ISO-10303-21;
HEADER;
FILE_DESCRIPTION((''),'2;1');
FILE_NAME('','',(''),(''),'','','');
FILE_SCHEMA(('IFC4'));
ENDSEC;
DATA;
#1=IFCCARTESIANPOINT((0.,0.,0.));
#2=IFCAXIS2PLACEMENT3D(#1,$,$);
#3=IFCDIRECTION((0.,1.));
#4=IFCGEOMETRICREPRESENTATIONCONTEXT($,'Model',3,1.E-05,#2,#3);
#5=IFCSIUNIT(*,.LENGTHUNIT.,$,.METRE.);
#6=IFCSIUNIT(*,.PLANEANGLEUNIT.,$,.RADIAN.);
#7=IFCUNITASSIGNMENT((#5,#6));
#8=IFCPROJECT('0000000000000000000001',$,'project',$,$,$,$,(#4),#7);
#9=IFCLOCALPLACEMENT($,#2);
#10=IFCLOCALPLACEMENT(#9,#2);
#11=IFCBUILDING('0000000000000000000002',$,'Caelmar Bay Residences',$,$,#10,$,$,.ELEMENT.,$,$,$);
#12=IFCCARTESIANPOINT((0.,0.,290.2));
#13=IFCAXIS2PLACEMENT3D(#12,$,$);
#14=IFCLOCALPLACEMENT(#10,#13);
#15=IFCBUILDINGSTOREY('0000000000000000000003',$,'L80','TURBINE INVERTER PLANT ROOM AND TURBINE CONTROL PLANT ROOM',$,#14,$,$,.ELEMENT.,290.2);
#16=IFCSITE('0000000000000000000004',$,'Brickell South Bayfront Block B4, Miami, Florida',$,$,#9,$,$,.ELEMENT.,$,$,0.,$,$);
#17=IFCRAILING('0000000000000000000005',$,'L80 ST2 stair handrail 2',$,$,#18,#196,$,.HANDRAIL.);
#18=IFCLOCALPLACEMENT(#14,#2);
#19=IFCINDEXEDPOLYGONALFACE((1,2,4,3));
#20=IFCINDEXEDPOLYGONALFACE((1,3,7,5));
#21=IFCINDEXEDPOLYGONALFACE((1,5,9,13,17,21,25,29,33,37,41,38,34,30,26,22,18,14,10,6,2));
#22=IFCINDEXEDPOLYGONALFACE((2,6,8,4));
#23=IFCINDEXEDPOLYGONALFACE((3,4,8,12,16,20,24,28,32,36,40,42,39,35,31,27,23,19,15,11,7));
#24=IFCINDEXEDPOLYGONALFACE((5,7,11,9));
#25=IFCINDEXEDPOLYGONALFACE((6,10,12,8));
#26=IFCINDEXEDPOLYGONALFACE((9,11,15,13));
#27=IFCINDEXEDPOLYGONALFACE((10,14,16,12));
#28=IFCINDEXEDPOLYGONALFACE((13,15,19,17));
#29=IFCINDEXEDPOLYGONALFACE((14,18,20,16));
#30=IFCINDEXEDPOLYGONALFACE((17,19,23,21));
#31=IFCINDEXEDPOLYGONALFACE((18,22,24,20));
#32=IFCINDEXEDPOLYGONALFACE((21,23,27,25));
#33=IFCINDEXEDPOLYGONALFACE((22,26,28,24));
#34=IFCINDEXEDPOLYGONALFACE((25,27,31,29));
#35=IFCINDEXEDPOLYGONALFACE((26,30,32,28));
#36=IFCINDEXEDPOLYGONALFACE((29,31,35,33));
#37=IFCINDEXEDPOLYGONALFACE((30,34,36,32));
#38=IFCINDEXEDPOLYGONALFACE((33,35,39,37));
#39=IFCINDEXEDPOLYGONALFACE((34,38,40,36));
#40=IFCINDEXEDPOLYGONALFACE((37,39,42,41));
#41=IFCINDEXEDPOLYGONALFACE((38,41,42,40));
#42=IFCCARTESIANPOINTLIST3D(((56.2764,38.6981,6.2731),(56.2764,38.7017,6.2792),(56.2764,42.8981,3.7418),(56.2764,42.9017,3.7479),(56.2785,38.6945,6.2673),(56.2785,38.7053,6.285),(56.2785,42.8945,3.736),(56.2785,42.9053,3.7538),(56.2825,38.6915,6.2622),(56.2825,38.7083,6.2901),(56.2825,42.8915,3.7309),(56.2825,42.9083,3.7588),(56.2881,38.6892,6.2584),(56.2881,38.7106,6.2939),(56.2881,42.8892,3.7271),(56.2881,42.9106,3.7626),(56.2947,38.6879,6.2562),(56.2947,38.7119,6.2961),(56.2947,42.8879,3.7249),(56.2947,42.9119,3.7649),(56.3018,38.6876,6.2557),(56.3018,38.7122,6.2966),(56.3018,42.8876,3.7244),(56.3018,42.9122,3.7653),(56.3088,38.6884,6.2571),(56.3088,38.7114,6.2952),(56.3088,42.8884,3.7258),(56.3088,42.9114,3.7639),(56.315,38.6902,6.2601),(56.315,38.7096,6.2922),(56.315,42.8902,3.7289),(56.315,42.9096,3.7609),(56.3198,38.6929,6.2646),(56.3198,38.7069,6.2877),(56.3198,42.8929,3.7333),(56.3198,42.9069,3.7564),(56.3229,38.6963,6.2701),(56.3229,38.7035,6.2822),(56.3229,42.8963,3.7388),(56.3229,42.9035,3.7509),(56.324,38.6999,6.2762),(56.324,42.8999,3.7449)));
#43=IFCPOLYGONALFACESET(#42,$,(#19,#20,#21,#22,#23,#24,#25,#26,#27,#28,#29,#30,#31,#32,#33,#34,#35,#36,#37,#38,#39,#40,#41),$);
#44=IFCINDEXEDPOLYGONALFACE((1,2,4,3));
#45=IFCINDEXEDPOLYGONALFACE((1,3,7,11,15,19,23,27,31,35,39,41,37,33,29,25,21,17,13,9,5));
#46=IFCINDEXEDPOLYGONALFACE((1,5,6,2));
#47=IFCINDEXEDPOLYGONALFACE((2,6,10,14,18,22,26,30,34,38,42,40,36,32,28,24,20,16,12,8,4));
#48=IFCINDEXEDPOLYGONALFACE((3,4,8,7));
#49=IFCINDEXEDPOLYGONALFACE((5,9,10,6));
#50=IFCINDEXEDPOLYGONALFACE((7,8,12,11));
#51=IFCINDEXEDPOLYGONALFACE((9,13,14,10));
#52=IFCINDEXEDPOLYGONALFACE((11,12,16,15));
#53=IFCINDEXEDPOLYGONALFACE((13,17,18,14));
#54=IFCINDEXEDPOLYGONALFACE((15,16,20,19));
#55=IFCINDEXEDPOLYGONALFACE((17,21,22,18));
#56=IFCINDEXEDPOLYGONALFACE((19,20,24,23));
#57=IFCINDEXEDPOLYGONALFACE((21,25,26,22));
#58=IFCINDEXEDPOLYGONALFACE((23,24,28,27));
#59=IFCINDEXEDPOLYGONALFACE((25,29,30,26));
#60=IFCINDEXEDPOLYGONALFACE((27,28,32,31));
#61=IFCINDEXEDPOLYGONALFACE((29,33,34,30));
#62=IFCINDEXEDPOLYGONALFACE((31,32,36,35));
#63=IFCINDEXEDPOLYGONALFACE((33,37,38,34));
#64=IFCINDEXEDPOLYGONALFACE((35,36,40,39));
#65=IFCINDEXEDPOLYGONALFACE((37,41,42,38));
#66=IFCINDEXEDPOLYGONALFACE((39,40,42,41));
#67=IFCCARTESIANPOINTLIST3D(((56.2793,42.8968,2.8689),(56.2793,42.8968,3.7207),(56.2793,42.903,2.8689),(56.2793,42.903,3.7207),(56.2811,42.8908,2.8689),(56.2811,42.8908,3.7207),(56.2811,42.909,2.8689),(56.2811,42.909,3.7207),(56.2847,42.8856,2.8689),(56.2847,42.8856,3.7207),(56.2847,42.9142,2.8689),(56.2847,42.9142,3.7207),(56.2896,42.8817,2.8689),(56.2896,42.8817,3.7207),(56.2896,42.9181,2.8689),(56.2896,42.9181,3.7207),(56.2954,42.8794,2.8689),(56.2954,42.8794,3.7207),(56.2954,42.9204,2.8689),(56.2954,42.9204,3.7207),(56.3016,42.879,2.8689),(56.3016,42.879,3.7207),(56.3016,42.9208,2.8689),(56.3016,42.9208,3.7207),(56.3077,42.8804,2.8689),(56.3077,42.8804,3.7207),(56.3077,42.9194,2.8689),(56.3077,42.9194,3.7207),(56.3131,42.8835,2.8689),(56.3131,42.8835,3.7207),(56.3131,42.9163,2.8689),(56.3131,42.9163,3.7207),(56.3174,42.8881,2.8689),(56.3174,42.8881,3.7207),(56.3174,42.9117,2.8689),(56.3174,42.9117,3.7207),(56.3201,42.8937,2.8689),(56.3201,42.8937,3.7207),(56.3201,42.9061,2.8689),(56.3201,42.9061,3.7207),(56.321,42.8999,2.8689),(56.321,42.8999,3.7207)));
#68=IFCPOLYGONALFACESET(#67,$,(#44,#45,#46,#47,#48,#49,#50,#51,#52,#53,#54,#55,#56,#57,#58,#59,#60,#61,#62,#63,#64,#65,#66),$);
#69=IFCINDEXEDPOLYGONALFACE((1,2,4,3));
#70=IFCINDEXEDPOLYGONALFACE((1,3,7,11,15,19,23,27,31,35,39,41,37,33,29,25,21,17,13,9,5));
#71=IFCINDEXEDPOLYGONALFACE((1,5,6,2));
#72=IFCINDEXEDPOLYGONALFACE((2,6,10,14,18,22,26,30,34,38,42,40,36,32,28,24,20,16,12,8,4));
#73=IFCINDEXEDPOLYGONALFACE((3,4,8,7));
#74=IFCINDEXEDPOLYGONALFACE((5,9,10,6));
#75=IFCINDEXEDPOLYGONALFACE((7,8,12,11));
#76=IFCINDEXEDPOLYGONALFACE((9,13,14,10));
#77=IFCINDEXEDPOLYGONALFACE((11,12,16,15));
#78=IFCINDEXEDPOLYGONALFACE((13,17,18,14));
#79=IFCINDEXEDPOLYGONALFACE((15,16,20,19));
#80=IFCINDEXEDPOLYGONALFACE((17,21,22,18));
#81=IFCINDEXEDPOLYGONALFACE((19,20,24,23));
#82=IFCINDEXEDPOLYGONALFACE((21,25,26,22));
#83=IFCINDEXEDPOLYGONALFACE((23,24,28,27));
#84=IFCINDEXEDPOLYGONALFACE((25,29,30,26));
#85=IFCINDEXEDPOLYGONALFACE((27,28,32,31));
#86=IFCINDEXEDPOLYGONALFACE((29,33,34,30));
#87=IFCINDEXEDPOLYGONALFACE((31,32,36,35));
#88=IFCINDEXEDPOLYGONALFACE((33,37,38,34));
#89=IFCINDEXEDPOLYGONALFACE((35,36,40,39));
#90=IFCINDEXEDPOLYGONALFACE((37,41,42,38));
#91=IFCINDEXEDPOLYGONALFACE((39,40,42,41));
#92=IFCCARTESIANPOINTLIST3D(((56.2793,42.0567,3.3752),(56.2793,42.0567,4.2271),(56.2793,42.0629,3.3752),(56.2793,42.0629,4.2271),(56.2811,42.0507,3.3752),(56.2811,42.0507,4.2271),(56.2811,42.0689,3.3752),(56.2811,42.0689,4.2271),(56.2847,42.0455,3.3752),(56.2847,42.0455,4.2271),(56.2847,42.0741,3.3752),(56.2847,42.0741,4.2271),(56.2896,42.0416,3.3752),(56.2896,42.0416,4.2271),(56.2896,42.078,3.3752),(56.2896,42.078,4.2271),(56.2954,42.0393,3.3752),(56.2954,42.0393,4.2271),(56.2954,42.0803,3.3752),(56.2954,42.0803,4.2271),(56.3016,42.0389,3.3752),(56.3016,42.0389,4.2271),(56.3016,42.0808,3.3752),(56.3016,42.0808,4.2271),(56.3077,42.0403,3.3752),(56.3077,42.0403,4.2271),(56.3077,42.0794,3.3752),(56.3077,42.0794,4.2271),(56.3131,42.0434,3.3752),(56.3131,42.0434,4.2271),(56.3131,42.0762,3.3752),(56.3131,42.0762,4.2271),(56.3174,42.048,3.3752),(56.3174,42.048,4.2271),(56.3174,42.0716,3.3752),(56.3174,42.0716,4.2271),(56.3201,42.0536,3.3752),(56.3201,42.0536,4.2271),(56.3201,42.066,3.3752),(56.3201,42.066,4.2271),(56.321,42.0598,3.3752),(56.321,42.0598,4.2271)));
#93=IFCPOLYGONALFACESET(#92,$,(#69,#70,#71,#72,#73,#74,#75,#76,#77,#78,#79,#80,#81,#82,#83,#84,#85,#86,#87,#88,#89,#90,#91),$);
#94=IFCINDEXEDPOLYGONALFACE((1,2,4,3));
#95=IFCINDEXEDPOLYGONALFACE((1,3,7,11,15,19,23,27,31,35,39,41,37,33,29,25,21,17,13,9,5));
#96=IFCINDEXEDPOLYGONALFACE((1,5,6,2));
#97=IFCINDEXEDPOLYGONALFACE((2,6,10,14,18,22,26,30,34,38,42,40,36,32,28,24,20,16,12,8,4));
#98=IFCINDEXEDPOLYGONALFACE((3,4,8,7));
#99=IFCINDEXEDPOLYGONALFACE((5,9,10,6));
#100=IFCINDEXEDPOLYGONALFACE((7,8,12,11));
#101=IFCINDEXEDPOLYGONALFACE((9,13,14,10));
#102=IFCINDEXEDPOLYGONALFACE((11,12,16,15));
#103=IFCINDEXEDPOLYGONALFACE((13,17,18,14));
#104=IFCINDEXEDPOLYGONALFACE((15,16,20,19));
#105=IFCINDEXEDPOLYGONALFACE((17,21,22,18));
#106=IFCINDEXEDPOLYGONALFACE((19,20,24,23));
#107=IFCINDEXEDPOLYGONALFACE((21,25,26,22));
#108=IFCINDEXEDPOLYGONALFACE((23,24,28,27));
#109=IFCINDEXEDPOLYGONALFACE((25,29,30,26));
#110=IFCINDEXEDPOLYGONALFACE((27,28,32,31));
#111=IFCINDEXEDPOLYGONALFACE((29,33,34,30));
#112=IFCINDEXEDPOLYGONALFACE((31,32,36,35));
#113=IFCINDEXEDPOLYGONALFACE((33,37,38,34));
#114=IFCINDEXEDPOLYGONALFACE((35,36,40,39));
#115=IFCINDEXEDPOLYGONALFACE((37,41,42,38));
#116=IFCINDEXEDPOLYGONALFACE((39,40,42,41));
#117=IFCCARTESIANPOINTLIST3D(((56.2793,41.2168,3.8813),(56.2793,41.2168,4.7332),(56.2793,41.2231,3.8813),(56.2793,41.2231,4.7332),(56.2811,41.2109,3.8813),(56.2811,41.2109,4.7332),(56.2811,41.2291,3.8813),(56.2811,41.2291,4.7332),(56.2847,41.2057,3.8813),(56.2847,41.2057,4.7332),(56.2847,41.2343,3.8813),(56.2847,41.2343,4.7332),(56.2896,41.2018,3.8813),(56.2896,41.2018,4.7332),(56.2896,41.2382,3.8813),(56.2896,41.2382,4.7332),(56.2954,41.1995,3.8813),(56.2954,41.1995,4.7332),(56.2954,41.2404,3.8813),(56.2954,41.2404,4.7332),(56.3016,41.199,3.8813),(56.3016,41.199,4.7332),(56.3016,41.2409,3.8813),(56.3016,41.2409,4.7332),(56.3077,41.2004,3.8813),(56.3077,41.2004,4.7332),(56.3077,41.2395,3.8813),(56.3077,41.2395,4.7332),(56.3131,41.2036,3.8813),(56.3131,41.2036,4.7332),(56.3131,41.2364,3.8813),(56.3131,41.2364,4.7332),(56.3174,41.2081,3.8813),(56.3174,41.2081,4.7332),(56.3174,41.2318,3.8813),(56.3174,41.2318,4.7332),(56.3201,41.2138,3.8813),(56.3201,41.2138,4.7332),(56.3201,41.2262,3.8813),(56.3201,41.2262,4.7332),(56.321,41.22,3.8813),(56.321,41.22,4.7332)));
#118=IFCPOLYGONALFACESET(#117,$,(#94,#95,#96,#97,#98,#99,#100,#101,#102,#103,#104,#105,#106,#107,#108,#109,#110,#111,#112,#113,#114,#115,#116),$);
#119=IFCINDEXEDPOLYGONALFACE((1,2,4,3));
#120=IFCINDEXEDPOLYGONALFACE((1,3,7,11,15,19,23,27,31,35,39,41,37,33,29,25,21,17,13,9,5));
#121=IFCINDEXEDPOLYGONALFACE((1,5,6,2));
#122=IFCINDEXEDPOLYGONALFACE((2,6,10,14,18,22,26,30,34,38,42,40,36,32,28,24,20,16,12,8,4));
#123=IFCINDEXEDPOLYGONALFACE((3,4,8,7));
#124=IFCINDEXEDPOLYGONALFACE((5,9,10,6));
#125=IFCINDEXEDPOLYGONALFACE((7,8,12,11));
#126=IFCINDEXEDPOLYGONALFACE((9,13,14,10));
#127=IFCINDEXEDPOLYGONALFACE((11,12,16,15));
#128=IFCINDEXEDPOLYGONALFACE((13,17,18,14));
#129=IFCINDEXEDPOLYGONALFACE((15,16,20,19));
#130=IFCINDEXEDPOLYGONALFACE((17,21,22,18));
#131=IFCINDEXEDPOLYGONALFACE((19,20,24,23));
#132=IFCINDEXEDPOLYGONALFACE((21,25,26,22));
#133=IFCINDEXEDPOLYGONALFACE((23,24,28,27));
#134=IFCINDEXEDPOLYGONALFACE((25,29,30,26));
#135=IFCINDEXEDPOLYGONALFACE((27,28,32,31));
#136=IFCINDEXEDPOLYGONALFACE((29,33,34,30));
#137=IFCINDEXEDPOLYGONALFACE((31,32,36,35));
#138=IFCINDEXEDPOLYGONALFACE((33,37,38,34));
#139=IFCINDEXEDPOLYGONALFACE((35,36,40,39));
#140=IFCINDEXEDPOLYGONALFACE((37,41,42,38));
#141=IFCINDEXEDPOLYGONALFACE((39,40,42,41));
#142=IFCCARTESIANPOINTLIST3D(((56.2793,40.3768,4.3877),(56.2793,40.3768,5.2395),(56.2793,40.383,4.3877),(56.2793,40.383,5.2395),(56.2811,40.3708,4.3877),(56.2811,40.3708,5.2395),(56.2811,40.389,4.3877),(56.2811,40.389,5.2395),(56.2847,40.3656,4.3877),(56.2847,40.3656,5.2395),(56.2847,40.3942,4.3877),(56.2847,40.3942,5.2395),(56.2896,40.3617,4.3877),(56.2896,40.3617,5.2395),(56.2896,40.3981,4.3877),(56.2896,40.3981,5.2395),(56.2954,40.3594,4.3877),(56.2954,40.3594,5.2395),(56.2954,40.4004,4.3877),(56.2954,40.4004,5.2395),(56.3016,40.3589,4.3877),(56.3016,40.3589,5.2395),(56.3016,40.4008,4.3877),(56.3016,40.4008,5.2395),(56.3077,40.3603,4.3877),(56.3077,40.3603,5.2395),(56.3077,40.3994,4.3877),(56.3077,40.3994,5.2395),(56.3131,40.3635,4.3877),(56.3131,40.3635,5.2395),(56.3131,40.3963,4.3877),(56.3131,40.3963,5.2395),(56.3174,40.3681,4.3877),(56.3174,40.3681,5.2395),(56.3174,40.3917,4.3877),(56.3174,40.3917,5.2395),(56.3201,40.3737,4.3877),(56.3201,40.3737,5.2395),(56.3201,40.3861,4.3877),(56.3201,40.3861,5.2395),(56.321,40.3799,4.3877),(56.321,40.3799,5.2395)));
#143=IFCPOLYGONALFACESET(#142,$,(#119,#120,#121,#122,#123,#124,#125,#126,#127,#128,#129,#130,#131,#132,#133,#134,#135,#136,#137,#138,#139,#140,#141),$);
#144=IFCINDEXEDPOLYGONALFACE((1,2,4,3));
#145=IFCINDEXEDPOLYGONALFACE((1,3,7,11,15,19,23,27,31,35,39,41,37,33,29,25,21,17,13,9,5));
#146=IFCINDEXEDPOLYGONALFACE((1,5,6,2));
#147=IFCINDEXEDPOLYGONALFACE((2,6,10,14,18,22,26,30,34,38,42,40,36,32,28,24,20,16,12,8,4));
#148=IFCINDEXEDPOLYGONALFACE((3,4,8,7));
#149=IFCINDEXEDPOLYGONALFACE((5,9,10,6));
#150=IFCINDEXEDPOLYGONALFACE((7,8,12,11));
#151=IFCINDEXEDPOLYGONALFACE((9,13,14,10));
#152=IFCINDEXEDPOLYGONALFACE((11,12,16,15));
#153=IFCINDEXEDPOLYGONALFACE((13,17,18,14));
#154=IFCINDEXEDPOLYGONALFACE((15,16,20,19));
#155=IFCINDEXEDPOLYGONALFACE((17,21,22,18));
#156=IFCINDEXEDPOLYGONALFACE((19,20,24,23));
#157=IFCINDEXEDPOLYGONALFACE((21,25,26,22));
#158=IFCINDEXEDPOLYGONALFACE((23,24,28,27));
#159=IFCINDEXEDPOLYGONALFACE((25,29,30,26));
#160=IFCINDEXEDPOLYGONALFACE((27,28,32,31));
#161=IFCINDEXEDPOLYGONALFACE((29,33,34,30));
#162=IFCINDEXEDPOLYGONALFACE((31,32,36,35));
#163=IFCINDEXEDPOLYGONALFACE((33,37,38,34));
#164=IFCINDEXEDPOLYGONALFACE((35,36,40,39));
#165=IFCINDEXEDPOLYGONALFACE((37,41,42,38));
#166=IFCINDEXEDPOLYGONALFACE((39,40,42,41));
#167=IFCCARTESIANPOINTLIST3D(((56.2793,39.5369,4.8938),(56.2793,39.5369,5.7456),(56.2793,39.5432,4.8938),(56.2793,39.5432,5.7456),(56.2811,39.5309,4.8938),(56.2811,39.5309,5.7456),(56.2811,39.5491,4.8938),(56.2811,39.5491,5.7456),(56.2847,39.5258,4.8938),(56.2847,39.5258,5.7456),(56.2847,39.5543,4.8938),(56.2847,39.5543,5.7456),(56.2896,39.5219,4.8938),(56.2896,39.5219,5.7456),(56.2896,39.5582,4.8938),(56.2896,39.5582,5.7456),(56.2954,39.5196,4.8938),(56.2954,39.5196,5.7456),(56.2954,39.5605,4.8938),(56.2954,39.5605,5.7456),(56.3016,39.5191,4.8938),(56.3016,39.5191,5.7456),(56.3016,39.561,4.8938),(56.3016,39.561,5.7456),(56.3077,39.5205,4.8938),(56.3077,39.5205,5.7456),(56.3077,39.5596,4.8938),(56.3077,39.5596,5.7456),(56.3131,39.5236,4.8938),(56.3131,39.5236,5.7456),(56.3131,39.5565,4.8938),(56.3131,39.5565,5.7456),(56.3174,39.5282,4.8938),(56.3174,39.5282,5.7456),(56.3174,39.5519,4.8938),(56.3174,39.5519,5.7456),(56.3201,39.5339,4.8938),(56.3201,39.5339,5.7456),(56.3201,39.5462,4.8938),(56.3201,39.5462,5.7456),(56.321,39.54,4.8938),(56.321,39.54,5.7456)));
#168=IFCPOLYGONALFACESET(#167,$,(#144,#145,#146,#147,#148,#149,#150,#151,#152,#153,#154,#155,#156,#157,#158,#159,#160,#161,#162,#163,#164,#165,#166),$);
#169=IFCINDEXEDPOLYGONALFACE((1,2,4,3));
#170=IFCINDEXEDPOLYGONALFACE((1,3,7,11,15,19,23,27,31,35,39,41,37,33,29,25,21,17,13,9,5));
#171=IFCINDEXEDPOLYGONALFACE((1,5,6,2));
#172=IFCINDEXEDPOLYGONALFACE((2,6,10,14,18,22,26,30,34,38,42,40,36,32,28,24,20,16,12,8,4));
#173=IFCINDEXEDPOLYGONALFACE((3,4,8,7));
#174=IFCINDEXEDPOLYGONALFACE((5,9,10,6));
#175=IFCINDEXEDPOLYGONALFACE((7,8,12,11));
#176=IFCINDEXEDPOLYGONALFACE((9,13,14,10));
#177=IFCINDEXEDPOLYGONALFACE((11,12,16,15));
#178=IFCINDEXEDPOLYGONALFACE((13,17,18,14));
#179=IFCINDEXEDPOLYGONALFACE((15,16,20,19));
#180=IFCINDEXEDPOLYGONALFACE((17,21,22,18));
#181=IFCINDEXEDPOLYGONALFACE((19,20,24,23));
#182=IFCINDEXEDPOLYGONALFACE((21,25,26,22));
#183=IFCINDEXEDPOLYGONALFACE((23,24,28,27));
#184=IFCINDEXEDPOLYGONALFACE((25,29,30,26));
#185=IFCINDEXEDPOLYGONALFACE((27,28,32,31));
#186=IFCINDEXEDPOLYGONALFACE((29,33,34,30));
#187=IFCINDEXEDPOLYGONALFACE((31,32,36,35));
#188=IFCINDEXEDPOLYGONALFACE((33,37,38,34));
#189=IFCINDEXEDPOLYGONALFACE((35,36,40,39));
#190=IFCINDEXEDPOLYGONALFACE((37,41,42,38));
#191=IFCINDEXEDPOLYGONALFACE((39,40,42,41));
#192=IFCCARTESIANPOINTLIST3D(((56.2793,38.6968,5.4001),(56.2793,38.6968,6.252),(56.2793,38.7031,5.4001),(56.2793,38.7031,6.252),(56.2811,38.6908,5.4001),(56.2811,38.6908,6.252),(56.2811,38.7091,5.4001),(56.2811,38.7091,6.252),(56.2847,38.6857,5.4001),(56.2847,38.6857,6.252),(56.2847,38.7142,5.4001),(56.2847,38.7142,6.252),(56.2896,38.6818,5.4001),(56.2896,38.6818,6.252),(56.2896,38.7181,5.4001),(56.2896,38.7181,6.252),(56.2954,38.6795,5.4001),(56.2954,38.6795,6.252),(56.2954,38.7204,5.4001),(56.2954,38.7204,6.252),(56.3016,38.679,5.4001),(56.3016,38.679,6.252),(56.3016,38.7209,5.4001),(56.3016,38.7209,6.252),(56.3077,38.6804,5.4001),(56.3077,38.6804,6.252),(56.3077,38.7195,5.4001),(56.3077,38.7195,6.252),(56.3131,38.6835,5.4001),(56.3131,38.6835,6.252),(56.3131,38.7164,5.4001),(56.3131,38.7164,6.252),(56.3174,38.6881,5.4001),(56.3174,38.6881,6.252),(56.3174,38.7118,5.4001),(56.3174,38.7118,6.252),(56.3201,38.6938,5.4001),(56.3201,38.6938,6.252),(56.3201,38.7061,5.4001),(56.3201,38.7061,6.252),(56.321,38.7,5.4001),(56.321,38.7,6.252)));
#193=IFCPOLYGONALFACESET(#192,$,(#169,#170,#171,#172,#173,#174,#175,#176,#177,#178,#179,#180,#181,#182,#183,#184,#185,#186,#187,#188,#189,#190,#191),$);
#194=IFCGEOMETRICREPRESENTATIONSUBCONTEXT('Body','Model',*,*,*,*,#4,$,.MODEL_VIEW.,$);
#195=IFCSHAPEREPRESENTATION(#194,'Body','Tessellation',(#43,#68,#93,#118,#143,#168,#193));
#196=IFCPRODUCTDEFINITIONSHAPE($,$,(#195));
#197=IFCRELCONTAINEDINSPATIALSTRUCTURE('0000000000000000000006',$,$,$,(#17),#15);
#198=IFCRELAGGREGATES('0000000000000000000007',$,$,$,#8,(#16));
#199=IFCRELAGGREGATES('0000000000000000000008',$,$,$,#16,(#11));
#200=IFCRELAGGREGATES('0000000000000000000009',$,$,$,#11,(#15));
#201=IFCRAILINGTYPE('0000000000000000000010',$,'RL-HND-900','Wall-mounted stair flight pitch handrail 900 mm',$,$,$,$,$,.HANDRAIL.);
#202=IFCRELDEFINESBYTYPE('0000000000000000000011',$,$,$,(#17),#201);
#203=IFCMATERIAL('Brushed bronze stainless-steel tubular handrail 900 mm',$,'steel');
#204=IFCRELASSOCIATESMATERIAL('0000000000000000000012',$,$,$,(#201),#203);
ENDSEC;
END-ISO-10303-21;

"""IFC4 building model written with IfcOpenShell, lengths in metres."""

from ifc_helpers import new_model, si_unit, direction, frame, origin, origin_2d, place, context, subcontext, project, spatial, circle, extrude, material, type_object, element, save


model = new_model("IFC4")

# Units and contexts
model_context = context("Model", 3, precision=1e-05, world=origin(), true_north=direction((0.0, 1.0)))
body_context = subcontext(model_context, "Body", "Model", "MODEL_VIEW")
ifc_project = project(units=[si_unit("LENGTHUNIT", "METRE"), si_unit("PLANEANGLEUNIT", "RADIAN")], contexts=[model_context])

# Site, building, storey
site_placement = place(None, origin())
site = spatial("IfcSite", under=ifc_project, at=site_placement, Name="Brickell South Bayfront Block B4, Miami, Florida", CompositionType="ELEMENT", RefElevation=0.0)
building_placement = place(site_placement, origin())
building = spatial("IfcBuilding", under=site, at=building_placement, Name="Caelmar Bay Residences", CompositionType="ELEMENT")
storey_placement = place(building_placement, frame((0.0, 0.0, 290.2)))
storey = spatial("IfcBuildingStorey", under=building, at=storey_placement, Name="L80", Description="TURBINE INVERTER PLANT ROOM AND TURBINE CONTROL PLANT ROOM", CompositionType="ELEMENT", Elevation=290.2)

# Railing
ifc_material_1 = material(Name="Brushed bronze stainless-steel tubular handrail 900 mm", Category="steel")
railing_type_1 = type_object("IfcRailingType", Name="RL-HND-900", Description="Wall-mounted stair flight pitch handrail 900 mm", PredefinedType="HANDRAIL", material=ifc_material_1)
railing_1_placement = place(storey_placement, frame((56.3, 42.8999, 2.8689)))
element("IfcRailing", 1, at=railing_1_placement, inside=storey, type_object=railing_type_1, Name="L80 ST2 stair handrail 2", PredefinedType="HANDRAIL", context=body_context, shape_type="SweptSolid", body=[
    extrude(circle(Radius=0.0239, at=origin_2d()), frame((0.0, 0.0, 0.876), z_axis=(0.0, -0.856476, 0.516186), x_axis=(1.0, 0.0, 0.0)), (0.0, 0.0, 1.0), 4.9038),
    extrude(circle(Radius=0.021, at=origin_2d()), origin(), (0.0, 0.0, 1.0), 0.8518),
    extrude(circle(Radius=0.021, at=origin_2d()), frame((0.0, -0.8401, 0.5063)), (0.0, 0.0, 1.0), 0.8518),
    extrude(circle(Radius=0.021, at=origin_2d()), frame((0.0, -1.6799, 1.0125)), (0.0, 0.0, 1.0), 0.8518),
    extrude(circle(Radius=0.021, at=origin_2d()), frame((0.0, -2.52, 1.5188)), (0.0, 0.0, 1.0), 0.8518),
    extrude(circle(Radius=0.021, at=origin_2d()), frame((0.0, -3.3599, 2.0249)), (0.0, 0.0, 1.0), 0.8518),
    extrude(circle(Radius=0.021, at=origin_2d()), frame((0.0, -4.2, 2.5312)), (0.0, 0.0, 1.0), 0.8518),
])

save(model, "model.ifc")
